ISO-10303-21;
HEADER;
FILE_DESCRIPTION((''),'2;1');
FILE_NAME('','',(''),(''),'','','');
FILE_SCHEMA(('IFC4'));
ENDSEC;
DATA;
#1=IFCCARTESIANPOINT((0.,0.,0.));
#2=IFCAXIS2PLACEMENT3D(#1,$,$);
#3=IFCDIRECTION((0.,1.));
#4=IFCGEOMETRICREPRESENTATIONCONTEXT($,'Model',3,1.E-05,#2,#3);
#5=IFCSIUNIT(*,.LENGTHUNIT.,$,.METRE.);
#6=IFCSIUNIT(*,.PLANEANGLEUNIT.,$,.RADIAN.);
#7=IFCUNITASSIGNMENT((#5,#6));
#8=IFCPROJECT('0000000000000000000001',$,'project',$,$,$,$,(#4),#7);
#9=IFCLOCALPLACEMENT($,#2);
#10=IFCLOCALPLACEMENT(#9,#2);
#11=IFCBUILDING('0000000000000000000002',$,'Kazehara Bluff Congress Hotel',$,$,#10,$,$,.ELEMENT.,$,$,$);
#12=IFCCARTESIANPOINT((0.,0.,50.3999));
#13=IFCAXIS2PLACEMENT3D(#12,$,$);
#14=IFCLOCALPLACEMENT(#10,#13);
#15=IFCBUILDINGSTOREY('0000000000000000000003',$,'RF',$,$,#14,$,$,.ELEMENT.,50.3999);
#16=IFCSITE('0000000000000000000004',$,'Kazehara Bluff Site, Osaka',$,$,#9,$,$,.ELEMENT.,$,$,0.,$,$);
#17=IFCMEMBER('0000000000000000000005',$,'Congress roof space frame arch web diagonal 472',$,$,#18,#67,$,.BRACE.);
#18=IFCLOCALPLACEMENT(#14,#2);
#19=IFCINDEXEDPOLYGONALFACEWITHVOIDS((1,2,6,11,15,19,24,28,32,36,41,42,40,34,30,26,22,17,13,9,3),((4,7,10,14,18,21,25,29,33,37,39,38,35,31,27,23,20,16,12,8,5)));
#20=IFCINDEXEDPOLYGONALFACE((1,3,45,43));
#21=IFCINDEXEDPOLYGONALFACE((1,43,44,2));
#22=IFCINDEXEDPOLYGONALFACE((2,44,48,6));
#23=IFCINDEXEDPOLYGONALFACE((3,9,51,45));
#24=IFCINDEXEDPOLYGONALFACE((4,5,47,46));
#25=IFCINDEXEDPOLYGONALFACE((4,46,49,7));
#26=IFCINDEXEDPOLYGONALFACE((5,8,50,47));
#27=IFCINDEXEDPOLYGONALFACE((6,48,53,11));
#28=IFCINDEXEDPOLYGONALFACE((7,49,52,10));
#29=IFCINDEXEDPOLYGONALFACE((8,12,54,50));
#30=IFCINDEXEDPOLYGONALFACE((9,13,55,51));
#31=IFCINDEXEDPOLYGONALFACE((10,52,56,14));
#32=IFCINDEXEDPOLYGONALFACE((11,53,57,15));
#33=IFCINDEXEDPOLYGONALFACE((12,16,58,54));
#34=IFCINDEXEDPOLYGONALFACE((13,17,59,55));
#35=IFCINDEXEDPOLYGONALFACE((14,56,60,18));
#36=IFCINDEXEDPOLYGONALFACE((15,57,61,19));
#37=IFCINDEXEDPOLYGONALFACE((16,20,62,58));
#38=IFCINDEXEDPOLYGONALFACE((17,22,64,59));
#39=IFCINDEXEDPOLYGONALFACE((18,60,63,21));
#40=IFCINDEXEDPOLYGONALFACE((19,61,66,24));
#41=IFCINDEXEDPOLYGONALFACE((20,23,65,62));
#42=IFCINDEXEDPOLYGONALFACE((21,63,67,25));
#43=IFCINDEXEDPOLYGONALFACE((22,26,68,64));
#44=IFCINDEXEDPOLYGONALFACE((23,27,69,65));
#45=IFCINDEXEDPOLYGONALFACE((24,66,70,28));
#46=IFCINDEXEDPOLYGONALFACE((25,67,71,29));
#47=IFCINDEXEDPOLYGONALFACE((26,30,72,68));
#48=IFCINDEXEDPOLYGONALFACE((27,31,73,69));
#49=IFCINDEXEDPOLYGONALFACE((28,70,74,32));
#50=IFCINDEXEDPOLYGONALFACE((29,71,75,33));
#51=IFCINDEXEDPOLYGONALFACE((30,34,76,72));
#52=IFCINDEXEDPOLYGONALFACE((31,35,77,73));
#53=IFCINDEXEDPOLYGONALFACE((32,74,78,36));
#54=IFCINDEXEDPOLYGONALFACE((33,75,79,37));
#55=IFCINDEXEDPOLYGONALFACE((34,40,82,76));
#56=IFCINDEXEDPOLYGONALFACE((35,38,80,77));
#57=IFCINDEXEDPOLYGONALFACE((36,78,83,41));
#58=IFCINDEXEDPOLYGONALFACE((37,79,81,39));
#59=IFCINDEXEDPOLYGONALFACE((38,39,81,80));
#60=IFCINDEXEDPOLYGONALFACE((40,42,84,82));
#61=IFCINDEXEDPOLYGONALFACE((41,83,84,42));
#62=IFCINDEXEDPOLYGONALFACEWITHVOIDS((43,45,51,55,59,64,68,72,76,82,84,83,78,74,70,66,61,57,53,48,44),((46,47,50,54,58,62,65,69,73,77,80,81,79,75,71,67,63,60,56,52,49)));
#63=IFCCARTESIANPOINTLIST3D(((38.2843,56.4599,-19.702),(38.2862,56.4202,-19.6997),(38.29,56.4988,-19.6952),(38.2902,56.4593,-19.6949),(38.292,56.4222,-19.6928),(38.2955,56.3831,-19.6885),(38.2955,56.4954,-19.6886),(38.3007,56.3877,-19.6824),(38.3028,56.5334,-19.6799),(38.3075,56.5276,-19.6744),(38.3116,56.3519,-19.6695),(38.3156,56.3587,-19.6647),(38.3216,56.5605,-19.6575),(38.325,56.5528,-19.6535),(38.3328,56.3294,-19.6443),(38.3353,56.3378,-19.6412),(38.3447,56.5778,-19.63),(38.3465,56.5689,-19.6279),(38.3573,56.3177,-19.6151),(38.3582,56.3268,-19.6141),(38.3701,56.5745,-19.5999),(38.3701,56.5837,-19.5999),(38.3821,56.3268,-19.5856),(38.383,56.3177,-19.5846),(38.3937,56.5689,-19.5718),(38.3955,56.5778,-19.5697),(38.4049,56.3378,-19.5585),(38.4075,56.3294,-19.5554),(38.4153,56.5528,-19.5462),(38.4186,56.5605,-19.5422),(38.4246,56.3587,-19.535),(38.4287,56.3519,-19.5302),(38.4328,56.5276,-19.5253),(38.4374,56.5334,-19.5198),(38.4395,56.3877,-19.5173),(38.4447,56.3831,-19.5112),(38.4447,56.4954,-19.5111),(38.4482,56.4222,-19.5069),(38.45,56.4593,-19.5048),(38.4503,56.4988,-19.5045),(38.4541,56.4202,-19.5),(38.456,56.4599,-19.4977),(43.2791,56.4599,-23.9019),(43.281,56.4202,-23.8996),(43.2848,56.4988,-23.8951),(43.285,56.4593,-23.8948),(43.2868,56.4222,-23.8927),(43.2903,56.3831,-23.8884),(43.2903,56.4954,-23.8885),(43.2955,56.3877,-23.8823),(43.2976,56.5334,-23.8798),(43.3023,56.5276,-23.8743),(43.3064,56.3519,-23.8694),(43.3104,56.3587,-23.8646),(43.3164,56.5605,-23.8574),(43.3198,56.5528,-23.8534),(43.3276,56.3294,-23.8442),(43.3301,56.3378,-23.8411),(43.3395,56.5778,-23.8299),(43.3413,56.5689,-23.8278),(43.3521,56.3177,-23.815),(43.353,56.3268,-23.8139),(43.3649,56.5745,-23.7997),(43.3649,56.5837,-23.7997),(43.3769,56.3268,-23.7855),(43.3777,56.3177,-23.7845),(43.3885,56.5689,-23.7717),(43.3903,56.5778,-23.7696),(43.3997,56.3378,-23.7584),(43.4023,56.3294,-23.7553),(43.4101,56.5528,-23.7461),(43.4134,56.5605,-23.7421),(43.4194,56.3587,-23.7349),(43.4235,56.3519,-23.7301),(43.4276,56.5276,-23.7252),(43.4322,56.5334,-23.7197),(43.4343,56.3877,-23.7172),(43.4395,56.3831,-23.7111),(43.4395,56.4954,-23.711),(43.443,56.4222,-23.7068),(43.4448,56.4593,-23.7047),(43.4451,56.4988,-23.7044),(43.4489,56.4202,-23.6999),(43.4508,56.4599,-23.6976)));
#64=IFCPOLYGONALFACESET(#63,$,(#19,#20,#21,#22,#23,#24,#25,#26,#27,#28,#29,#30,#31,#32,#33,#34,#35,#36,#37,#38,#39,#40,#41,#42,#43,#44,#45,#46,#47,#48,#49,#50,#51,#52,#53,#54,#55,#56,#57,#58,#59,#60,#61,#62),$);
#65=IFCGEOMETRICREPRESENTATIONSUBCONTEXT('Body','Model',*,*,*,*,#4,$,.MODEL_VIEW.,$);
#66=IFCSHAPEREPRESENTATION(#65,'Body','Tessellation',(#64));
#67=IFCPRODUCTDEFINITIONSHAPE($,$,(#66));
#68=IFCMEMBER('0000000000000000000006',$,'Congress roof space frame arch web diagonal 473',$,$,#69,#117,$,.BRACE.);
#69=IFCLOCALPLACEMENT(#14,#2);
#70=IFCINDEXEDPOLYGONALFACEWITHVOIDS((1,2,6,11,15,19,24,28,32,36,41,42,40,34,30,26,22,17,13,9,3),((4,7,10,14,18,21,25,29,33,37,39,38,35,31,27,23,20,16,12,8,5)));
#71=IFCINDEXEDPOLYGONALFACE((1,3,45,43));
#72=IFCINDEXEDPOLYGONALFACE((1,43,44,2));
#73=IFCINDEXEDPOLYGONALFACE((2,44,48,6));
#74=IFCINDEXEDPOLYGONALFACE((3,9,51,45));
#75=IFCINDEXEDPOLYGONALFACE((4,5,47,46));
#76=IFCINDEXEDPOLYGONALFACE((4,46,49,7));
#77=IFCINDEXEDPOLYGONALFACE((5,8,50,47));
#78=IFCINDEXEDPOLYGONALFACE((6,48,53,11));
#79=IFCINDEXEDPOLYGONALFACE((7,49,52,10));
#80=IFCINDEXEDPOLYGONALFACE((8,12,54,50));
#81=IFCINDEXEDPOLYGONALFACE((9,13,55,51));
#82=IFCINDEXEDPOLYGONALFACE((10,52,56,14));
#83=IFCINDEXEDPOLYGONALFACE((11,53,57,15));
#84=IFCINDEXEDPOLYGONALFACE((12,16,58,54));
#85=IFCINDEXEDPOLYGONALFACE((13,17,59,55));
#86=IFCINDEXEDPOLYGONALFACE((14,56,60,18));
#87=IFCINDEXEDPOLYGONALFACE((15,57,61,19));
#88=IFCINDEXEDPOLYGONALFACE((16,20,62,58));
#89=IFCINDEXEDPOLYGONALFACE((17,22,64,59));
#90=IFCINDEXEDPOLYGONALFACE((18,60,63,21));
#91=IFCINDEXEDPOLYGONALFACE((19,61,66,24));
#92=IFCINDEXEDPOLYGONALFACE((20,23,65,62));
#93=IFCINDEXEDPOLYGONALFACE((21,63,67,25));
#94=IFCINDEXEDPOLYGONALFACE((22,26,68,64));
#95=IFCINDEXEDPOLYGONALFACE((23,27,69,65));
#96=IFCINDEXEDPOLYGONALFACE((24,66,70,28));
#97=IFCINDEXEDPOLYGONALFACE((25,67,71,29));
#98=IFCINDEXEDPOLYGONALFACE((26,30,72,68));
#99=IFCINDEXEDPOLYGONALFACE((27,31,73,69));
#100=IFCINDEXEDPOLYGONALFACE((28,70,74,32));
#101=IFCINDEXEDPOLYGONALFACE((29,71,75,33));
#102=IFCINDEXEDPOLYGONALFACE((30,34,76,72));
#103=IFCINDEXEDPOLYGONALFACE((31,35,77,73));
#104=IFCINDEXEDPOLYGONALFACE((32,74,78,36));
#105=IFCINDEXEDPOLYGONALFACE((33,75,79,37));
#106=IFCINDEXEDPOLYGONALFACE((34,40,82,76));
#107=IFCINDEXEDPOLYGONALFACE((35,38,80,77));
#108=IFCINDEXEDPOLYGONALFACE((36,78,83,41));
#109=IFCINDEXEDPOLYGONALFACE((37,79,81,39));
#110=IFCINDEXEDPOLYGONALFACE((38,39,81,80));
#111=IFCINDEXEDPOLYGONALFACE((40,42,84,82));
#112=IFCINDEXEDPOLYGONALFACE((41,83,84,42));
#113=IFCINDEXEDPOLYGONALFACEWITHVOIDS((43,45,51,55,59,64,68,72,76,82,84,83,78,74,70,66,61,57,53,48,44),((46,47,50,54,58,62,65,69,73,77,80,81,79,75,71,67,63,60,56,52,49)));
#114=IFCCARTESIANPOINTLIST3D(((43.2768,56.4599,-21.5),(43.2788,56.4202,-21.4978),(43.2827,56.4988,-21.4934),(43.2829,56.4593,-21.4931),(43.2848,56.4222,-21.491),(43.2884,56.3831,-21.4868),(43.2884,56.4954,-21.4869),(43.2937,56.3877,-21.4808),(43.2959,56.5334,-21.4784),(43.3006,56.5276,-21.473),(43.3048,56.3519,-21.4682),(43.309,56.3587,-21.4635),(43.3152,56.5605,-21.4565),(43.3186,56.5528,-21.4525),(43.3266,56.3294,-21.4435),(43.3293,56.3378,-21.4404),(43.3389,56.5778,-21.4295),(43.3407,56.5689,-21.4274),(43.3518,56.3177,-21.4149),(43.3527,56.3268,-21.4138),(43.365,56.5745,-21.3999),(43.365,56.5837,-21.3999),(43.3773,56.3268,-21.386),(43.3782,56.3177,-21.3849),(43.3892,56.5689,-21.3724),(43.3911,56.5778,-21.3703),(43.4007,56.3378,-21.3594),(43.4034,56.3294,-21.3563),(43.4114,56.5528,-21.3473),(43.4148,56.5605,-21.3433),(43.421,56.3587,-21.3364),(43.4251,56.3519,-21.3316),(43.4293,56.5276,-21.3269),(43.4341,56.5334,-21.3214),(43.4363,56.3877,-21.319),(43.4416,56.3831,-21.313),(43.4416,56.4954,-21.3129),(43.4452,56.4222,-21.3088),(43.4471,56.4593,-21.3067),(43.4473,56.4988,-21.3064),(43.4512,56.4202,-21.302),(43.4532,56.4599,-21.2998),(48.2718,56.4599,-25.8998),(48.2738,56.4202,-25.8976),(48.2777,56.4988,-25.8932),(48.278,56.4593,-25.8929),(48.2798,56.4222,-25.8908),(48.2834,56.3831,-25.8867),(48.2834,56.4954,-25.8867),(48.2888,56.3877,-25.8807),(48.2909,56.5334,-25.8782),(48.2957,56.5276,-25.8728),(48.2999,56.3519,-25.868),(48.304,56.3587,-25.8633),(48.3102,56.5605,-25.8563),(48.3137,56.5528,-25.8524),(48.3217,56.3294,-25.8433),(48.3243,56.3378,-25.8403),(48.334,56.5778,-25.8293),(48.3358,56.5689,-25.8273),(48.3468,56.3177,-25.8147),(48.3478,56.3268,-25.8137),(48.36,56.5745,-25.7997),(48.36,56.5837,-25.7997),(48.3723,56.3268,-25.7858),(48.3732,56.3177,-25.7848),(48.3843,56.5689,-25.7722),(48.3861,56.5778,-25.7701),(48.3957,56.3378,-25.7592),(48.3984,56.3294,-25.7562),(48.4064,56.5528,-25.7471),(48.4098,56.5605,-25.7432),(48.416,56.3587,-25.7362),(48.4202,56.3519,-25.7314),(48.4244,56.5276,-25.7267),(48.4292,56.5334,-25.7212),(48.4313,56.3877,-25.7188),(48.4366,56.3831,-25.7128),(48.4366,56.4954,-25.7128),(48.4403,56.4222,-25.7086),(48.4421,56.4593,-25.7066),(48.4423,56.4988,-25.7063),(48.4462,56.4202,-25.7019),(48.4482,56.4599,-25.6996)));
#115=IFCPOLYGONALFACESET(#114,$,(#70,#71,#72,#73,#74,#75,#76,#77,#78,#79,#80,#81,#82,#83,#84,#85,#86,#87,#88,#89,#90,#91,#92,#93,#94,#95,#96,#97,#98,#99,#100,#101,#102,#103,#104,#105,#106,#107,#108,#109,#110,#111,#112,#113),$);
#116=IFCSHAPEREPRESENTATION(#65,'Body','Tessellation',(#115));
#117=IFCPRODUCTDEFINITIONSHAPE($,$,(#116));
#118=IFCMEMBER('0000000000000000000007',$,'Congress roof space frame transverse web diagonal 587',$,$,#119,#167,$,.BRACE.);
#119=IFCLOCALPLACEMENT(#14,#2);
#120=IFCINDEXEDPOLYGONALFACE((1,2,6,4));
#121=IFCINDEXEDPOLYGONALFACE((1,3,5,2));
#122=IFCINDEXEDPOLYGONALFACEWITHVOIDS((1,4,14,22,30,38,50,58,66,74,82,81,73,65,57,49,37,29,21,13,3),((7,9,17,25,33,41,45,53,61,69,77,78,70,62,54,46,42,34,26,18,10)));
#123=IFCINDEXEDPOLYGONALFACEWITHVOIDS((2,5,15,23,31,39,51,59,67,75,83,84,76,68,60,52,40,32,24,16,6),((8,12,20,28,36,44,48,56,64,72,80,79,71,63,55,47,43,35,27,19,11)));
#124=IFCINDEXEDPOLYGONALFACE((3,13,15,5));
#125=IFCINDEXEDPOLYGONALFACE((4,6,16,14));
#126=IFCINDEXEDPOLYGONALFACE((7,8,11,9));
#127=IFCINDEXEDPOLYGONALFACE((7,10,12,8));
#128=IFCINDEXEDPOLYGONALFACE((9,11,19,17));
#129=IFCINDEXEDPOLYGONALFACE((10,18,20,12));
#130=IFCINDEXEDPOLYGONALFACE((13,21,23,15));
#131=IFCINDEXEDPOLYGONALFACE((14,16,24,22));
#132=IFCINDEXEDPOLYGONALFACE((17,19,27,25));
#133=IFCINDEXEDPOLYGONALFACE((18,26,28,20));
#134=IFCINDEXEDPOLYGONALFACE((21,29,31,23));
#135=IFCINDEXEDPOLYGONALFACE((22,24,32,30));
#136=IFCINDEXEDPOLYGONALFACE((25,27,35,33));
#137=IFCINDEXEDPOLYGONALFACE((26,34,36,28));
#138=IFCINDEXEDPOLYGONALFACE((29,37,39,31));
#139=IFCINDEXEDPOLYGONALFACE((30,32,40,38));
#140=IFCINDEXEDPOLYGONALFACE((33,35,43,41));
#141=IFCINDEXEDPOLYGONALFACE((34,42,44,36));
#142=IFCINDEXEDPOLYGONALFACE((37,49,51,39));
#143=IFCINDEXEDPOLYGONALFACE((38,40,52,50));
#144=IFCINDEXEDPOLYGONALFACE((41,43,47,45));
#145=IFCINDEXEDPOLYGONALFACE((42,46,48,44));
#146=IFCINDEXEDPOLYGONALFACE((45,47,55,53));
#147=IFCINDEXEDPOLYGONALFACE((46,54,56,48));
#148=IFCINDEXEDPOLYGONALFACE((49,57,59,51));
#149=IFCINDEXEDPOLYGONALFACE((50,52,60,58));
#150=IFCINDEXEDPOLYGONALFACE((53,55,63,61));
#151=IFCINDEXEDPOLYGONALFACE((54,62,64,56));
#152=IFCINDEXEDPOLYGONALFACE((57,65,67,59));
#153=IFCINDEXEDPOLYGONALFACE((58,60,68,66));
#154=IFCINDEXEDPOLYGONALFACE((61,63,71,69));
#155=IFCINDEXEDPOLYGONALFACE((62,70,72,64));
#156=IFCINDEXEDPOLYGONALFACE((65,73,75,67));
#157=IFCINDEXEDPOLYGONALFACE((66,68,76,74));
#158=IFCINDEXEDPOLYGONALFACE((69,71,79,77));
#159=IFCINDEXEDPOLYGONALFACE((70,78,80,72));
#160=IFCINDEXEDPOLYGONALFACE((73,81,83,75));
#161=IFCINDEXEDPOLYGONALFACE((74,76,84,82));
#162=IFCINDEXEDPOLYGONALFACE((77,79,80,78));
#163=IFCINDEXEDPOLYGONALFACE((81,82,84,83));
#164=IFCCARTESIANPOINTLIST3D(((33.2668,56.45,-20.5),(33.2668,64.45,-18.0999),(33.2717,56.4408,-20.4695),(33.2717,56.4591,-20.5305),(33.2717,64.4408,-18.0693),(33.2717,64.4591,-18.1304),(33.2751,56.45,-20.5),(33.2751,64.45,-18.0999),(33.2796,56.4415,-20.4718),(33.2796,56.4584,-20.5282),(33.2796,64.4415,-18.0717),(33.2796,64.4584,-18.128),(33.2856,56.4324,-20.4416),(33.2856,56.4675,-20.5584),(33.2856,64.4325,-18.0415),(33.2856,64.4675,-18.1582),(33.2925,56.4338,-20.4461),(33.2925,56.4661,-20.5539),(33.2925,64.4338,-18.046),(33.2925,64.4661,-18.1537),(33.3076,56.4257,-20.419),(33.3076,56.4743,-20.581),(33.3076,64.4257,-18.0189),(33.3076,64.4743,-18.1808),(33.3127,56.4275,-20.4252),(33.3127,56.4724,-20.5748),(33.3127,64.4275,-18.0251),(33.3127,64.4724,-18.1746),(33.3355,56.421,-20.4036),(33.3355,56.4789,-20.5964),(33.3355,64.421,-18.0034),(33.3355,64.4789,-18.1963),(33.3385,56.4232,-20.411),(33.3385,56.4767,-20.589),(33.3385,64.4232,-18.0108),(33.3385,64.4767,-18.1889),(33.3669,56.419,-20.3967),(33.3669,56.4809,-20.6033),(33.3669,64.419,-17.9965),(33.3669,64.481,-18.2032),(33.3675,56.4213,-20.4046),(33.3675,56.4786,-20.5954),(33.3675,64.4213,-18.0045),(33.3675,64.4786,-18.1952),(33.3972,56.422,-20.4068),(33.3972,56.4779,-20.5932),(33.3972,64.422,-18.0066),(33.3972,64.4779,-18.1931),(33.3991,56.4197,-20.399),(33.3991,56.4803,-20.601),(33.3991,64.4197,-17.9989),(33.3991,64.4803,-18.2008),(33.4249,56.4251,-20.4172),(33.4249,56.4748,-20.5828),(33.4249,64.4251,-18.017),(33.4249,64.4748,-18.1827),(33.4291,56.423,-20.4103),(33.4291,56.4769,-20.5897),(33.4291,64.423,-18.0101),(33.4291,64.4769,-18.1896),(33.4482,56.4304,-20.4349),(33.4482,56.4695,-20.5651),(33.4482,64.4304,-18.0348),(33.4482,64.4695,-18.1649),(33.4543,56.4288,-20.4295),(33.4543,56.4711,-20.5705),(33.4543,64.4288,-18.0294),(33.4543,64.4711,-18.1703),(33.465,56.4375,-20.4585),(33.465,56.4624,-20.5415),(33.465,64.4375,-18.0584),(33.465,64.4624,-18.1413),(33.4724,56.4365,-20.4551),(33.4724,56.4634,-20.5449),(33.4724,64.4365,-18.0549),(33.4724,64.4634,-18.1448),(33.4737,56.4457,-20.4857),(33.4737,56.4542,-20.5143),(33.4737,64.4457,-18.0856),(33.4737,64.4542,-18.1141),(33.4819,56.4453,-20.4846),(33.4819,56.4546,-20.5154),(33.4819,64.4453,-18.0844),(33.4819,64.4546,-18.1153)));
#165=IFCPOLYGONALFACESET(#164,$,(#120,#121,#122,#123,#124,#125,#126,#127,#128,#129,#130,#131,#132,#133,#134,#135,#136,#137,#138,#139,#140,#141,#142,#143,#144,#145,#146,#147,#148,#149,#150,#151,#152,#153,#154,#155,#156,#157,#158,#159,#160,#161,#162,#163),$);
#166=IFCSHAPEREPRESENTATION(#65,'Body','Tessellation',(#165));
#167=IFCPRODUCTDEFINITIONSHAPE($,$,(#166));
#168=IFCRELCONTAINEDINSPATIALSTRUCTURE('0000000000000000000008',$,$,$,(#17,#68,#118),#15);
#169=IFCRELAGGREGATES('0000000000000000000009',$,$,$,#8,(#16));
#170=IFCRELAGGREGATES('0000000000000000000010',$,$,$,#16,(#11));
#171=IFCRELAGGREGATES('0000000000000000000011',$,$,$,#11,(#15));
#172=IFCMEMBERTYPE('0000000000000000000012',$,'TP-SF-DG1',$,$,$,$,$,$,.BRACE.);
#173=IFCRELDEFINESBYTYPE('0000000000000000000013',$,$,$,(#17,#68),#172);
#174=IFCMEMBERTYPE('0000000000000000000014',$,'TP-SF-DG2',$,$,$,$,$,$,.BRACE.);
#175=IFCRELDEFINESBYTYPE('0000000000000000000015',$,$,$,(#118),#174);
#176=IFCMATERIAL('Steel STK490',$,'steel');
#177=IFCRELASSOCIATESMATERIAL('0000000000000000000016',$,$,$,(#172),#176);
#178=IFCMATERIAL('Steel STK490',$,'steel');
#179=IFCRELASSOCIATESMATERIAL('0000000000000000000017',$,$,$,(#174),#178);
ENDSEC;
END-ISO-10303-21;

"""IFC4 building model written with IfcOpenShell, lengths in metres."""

from ifc_helpers import new_model, si_unit, direction, frame, origin, origin_2d, place, context, subcontext, project, spatial, hollow_circle, extrude, material, material_profile, profile_set, type_object, element, save


model = new_model("IFC4")

# Units and contexts
model_context = context("Model", 3, precision=1e-05, world=origin(), true_north=direction((0.0, 1.0)))
body_context = subcontext(model_context, "Body", "Model", "MODEL_VIEW")
ifc_project = project(units=[si_unit("LENGTHUNIT", "METRE"), si_unit("PLANEANGLEUNIT", "RADIAN")], contexts=[model_context])

# Site, building, storey
site_placement = place(None, origin())
site = spatial("IfcSite", under=ifc_project, at=site_placement, Name="Kazehara Bluff Site, Osaka", CompositionType="ELEMENT", RefElevation=0.0)
building_placement = place(site_placement, origin())
building = spatial("IfcBuilding", under=site, at=building_placement, Name="Kazehara Bluff Congress Hotel", CompositionType="ELEMENT")
storey_placement = place(building_placement, frame((0.0, 0.0, 50.3999)))
storey = spatial("IfcBuildingStorey", under=building, at=storey_placement, Name="RF", CompositionType="ELEMENT", Elevation=50.3999)

# Members
ifc_material_1 = material(Name="Steel STK490", Category="steel")
ifc_material_profile_1 = material_profile(ifc_material_1, hollow_circle(Radius=0.1338, WallThickness=0.0093, at=origin_2d()))
ifc_profile_set_1 = profile_set([ifc_material_profile_1], Name="Steel STK490")
member_type_1 = type_object("IfcMemberType", Name="TP-SF-DG1", PredefinedType="BRACE", material=ifc_profile_set_1)
member_1_placement = place(storey_placement, frame((38.3701, 56.45, -19.5999), z_axis=(0.765383, 0.0, -0.643575), x_axis=(0.0, 1.0, 0.0)))
element("IfcMember", 1, at=member_1_placement, inside=storey, type_object=member_type_1, Name="Congress roof space frame arch web diagonal 472", PredefinedType="BRACE", context=body_context, shape_type="SweptSolid", body=[
    extrude(hollow_circle(Radius=0.1338, WallThickness=0.0093, at=origin_2d()), origin(), (0.0, 0.0, 1.0), 6.5259),
])
member_2_placement = place(storey_placement, frame((43.365, 56.45, -21.3999), z_axis=(0.750401, 0.0, -0.660983), x_axis=(0.0, 1.0, 0.0)))
element("IfcMember", 2, at=member_2_placement, inside=storey, type_object=member_type_1, Name="Congress roof space frame arch web diagonal 473", PredefinedType="BRACE", context=body_context, shape_type="SweptSolid", body=[
    extrude(hollow_circle(Radius=0.1338, WallThickness=0.0093, at=origin_2d()), origin(), (0.0, 0.0, 1.0), 6.6565),
])
ifc_material_2 = material(Name="Steel STK490", Category="steel")
ifc_material_profile_2 = material_profile(ifc_material_2, hollow_circle(Radius=0.1082, WallThickness=0.0083, at=origin_2d()))
ifc_profile_set_2 = profile_set([ifc_material_profile_2], Name="Steel STK490")
member_type_2 = type_object("IfcMemberType", Name="TP-SF-DG2", PredefinedType="BRACE", material=ifc_profile_set_2)
for number, where, z_axis, x_axis, name in (
    (3, (33.375, 56.45, -20.5), (0.0, 0.957821, 0.287364), (-1.0, 0.0, 0.0), "Congress roof space frame transverse web diagonal 587"),
):
    element("IfcMember", number, at=place(storey_placement, frame(where, z_axis=z_axis, x_axis=x_axis)), inside=storey, type_object=member_type_2, Name=name, PredefinedType="BRACE", context=body_context, shape_type="SweptSolid", body=[
        extrude(hollow_circle(Radius=0.1082, WallThickness=0.0083, at=origin_2d()), origin(), (0.0, 0.0, 1.0), 8.3523),
    ])

save(model, "model.ifc")
